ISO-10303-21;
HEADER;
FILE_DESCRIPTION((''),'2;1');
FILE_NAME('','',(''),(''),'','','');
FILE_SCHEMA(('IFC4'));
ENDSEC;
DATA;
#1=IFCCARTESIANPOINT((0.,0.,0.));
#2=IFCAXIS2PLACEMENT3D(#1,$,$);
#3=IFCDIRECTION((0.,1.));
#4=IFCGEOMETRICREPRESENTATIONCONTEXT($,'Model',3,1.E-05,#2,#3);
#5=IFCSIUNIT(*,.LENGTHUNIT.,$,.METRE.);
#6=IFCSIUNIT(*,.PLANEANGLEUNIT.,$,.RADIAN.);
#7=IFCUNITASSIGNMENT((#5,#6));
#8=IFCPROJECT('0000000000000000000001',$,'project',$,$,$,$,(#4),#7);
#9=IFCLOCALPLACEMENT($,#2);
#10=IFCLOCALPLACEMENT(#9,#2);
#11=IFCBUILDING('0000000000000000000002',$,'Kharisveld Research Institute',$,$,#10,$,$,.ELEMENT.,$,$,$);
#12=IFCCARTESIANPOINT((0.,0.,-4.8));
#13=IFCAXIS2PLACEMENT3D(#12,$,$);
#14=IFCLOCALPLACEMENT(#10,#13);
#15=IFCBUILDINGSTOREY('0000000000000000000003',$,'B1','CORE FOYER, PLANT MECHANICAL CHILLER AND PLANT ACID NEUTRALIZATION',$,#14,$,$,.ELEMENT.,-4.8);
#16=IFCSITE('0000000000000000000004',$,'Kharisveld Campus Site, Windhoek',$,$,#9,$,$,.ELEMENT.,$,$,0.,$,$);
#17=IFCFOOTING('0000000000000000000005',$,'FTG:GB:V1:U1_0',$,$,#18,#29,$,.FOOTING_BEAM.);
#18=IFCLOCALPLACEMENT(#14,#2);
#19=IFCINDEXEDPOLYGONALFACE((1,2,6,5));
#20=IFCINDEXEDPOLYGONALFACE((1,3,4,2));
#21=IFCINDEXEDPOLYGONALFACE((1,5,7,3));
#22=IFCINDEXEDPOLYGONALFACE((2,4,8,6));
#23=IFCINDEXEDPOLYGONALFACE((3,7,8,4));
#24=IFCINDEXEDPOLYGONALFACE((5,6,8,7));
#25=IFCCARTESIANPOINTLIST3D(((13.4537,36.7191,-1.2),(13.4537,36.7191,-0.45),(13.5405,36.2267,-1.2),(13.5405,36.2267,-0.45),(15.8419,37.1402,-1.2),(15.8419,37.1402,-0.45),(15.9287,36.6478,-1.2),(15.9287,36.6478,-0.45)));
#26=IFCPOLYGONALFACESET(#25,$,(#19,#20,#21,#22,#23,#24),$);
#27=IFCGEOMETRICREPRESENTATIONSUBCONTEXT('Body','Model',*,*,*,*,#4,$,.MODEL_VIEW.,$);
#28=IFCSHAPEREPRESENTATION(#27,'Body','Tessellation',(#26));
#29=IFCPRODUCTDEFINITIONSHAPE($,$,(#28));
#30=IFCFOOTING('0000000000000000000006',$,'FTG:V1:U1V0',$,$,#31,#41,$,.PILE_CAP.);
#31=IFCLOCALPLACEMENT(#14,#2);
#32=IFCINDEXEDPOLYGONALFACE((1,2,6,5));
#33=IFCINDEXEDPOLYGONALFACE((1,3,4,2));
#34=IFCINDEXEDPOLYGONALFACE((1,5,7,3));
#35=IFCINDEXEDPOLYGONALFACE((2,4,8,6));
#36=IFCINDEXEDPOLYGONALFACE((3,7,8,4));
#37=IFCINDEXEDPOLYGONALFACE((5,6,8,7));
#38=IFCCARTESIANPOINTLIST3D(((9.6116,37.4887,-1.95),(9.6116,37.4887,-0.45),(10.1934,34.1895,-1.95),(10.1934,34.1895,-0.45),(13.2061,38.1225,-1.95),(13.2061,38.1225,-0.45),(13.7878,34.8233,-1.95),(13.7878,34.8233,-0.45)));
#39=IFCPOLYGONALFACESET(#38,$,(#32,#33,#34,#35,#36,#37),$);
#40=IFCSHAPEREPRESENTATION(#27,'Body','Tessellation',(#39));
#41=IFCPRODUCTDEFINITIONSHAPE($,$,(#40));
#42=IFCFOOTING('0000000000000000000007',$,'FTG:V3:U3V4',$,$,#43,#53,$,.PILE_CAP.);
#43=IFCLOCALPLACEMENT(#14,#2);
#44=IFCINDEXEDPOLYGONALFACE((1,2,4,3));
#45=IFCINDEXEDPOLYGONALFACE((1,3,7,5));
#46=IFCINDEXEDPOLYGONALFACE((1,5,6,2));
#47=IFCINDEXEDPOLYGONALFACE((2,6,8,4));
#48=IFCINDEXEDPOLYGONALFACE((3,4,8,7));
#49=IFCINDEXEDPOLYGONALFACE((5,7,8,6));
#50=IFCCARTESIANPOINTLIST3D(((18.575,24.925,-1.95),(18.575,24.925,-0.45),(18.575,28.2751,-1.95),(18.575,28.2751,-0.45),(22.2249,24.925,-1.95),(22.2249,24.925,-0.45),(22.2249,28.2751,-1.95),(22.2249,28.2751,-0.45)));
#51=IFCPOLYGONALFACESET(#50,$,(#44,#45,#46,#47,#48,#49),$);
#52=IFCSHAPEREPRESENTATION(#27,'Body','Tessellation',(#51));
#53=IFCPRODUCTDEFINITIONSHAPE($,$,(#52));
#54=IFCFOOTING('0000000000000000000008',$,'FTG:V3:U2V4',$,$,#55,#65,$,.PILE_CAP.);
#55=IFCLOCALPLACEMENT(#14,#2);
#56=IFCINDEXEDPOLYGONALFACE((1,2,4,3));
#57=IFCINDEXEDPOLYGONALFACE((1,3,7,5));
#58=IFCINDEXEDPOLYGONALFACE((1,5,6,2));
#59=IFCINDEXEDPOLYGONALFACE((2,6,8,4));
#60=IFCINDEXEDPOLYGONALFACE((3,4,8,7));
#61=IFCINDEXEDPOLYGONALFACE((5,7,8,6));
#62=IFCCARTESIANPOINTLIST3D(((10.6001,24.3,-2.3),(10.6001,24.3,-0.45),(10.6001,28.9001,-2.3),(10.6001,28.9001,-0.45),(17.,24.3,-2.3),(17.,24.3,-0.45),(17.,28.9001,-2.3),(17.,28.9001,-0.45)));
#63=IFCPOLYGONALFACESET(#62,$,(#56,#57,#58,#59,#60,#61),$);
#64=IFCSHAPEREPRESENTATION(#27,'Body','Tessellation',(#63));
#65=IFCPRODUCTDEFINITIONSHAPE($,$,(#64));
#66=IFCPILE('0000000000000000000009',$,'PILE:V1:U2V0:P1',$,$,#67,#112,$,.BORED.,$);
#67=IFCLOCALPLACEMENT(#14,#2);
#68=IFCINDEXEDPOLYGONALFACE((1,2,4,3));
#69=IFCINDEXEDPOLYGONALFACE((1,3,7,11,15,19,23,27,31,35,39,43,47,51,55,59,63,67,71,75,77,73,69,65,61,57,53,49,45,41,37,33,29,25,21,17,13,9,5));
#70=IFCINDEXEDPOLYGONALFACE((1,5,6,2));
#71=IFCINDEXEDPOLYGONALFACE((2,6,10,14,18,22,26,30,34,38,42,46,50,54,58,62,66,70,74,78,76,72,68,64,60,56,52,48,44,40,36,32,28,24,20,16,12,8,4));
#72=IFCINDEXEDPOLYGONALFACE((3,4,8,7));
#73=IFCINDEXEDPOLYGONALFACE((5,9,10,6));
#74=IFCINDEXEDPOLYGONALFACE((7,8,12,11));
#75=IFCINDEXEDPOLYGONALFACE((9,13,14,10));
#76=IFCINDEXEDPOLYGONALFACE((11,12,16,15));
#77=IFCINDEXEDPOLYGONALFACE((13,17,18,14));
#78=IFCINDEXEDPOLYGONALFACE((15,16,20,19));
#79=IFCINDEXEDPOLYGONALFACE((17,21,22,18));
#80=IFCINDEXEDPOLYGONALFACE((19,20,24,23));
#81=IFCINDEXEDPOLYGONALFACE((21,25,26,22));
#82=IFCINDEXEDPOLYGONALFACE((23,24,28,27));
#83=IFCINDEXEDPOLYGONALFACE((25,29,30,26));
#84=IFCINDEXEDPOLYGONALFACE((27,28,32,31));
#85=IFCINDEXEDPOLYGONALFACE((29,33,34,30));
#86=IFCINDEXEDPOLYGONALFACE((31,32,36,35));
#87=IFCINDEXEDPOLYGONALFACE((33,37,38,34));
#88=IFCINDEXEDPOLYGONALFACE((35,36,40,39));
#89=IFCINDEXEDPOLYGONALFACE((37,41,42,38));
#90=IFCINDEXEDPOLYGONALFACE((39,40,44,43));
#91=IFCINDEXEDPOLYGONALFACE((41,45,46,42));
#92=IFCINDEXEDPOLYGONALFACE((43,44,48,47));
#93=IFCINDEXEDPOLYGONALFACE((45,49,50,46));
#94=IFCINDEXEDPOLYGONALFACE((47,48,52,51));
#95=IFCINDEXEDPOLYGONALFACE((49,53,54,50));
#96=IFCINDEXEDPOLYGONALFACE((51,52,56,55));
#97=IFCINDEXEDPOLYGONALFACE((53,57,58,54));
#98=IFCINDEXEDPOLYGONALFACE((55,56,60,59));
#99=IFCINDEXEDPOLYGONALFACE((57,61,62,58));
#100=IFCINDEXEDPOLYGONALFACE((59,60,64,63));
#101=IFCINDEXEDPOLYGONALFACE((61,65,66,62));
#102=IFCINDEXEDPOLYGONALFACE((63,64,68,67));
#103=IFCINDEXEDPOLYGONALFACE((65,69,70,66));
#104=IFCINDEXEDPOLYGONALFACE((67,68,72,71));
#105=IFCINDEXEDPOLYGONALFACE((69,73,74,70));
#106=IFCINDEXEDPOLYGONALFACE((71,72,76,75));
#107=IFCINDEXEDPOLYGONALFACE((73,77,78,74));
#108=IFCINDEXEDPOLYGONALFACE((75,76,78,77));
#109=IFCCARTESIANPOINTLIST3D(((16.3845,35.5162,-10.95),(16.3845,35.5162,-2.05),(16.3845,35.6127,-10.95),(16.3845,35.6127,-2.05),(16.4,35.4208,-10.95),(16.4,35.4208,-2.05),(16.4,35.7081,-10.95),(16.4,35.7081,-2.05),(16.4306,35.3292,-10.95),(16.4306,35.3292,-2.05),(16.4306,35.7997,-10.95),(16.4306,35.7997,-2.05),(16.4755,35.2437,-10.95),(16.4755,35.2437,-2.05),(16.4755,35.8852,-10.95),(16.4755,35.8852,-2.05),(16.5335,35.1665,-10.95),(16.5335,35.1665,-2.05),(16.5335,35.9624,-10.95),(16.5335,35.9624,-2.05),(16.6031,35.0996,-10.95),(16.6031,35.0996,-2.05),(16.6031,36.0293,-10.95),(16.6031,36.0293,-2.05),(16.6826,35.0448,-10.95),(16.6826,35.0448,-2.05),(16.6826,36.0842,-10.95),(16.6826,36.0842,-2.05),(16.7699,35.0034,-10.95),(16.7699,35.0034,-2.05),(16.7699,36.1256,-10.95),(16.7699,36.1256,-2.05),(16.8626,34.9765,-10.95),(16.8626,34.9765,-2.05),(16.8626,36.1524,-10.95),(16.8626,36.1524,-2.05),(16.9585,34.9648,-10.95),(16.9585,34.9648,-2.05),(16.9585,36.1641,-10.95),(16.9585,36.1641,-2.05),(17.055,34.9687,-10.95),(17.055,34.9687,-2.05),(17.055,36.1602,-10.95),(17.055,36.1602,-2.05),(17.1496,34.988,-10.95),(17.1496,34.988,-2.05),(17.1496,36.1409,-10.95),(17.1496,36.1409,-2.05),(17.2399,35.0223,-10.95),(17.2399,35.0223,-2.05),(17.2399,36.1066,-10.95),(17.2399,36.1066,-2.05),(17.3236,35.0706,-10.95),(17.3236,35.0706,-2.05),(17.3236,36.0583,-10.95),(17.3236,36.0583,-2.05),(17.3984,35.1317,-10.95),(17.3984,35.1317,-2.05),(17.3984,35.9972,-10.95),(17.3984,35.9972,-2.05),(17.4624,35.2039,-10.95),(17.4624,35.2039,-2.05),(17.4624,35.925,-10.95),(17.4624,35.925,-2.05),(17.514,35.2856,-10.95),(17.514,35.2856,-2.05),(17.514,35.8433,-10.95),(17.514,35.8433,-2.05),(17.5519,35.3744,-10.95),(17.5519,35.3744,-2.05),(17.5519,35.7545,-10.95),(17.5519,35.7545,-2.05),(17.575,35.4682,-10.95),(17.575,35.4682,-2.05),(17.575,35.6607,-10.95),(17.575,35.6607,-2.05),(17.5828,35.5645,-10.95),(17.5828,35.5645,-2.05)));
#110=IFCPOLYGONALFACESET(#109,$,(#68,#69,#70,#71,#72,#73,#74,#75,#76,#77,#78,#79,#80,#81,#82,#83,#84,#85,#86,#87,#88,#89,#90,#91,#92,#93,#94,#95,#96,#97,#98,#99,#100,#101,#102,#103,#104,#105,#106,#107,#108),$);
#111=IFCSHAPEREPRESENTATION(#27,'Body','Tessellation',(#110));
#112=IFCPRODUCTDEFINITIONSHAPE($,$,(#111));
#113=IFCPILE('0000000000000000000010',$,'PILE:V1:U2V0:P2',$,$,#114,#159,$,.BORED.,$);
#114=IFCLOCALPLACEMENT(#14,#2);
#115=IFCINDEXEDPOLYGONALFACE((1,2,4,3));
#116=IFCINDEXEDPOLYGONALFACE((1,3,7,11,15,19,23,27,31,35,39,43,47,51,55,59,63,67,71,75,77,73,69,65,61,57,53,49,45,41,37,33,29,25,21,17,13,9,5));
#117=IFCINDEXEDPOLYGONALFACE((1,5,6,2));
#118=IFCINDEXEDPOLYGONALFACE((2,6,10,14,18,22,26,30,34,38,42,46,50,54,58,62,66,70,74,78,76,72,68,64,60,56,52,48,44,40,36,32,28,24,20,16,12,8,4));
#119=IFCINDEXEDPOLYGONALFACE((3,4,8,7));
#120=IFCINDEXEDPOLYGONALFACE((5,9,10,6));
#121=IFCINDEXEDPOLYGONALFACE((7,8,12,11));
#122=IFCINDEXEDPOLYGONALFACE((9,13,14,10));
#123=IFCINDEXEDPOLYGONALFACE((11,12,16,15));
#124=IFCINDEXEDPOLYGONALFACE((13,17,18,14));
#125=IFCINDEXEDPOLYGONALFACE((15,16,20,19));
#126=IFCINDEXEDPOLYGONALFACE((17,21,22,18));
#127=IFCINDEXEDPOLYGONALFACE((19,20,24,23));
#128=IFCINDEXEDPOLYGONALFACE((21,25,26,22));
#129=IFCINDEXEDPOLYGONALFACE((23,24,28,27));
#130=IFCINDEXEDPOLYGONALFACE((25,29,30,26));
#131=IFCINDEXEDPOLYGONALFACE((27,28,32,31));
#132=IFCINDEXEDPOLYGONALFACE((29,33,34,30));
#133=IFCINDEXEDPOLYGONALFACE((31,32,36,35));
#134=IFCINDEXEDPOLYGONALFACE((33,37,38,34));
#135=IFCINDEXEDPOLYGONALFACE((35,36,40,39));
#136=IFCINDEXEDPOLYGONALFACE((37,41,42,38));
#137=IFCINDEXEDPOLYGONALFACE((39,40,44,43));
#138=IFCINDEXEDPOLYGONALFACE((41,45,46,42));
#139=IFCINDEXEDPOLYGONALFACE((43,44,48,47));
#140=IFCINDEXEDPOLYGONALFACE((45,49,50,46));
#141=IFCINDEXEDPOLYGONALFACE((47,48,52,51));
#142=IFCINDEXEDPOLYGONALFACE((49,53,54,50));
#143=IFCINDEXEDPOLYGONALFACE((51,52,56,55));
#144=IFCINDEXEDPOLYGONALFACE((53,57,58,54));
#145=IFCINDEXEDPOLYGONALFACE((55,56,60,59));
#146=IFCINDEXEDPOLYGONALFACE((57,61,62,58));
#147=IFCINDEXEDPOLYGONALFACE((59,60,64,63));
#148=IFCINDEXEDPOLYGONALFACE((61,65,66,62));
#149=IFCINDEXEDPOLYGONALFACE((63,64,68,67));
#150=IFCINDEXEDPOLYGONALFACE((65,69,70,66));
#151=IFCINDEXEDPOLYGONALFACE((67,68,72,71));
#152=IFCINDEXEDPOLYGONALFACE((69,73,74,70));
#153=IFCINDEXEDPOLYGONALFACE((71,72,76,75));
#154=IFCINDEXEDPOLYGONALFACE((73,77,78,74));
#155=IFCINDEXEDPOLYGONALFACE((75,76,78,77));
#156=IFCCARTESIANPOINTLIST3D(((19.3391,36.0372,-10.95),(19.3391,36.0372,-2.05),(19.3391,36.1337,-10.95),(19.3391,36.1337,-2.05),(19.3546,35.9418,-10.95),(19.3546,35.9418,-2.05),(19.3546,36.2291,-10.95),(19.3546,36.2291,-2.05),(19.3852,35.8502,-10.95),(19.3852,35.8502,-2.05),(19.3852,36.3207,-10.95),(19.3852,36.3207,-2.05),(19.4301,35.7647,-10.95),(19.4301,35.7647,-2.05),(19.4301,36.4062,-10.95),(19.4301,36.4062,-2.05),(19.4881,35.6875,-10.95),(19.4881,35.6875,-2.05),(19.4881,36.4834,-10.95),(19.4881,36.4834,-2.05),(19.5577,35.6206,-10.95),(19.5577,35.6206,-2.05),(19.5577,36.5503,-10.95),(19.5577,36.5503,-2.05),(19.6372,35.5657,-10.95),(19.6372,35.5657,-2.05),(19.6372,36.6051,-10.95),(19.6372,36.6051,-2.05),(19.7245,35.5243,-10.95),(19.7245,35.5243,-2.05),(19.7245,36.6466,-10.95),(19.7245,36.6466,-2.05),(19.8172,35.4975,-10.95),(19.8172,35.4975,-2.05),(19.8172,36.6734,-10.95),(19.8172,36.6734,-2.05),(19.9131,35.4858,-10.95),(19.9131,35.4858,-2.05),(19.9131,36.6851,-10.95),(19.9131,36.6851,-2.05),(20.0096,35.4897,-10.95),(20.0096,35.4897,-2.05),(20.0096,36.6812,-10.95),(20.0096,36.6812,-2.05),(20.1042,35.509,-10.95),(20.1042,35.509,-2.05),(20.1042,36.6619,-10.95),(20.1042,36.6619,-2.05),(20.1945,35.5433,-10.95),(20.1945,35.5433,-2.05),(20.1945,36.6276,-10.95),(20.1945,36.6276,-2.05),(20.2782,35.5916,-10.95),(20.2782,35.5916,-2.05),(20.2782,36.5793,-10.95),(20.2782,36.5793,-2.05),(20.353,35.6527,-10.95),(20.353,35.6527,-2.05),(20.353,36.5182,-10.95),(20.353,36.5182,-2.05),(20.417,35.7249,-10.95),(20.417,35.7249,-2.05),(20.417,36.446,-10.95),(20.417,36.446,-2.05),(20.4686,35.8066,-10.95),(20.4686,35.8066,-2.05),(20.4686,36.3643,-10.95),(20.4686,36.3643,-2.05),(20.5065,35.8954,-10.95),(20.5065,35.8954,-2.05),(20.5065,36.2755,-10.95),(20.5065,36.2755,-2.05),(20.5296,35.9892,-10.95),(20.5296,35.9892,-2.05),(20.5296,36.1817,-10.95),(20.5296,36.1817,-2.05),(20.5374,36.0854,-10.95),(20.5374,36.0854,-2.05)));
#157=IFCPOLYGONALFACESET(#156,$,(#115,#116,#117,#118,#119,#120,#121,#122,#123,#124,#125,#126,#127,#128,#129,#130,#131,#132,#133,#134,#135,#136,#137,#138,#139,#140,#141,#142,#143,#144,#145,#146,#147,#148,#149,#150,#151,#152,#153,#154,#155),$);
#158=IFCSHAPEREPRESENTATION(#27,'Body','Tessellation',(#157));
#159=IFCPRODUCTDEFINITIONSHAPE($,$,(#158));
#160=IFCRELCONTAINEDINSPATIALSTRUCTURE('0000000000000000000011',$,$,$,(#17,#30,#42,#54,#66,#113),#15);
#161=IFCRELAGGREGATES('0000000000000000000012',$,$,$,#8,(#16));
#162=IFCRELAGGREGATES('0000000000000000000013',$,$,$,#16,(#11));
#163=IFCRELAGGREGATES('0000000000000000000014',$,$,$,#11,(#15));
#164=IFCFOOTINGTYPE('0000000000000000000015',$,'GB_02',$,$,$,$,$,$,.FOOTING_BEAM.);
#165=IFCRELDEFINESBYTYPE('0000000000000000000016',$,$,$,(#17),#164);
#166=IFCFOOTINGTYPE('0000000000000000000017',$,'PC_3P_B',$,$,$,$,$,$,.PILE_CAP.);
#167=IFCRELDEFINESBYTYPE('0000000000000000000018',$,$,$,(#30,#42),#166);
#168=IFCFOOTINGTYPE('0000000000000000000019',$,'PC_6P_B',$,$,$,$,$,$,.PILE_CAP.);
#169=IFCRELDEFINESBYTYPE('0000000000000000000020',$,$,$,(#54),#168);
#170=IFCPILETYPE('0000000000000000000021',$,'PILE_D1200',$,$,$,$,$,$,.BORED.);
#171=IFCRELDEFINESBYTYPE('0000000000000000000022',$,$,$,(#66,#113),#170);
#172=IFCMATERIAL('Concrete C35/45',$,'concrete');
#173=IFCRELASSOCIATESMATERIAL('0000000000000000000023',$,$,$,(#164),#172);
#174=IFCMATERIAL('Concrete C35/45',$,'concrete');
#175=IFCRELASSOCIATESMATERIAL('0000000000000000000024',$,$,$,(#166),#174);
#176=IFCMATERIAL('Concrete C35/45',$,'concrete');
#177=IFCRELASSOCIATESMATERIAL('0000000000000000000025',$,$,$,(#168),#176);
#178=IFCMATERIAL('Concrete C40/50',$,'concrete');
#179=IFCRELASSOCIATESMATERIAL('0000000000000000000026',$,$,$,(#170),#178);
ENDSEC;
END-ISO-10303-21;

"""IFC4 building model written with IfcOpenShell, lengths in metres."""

from ifc_helpers import new_model, si_unit, direction, frame, origin, origin_2d, place, context, subcontext, project, spatial, rectangle, circle, extrude, material, material_profile, profile_set, type_object, element, save


model = new_model("IFC4")

# Units and contexts
model_context = context("Model", 3, precision=1e-05, world=origin(), true_north=direction((0.0, 1.0)))
body_context = subcontext(model_context, "Body", "Model", "MODEL_VIEW")
ifc_project = project(units=[si_unit("LENGTHUNIT", "METRE"), si_unit("PLANEANGLEUNIT", "RADIAN")], contexts=[model_context])

# Site, building, storey
site_placement = place(None, origin())
site = spatial("IfcSite", under=ifc_project, at=site_placement, Name="Kharisveld Campus Site, Windhoek", CompositionType="ELEMENT", RefElevation=0.0)
building_placement = place(site_placement, origin())
building = spatial("IfcBuilding", under=site, at=building_placement, Name="Kharisveld Research Institute", CompositionType="ELEMENT")
storey_placement = place(building_placement, frame((0.0, 0.0, -4.8)))
storey = spatial("IfcBuildingStorey", under=building, at=storey_placement, Name="B1", Description="CORE FOYER, PLANT MECHANICAL CHILLER AND PLANT ACID NEUTRALIZATION", CompositionType="ELEMENT", Elevation=-4.8)

# Footings
ifc_material_1 = material(Name="Concrete C35/45", Category="concrete")
ifc_material_profile_1 = material_profile(ifc_material_1, rectangle(XDim=0.5, YDim=0.75, at=origin_2d()))
ifc_profile_set_1 = profile_set([ifc_material_profile_1], Name="Concrete C35/45")
footing_type_1 = type_object("IfcFootingType", Name="GB_02", PredefinedType="FOOTING_BEAM", material=ifc_profile_set_1)
footing_1_placement = place(storey_placement, frame((13.4971, 36.4729, -0.825), z_axis=(0.984805, 0.173665, 0.0), x_axis=(-0.173665, 0.984805, 0.0)))
element("IfcFooting", 1, at=footing_1_placement, inside=storey, type_object=footing_type_1, Name="FTG:GB:V1:U1_0", PredefinedType="FOOTING_BEAM", context=body_context, shape_type="SweptSolid", body=[
    extrude(rectangle(XDim=0.5, YDim=0.75, at=origin_2d()), origin(), (0.0, 0.0, 1.0), 2.425),
])
ifc_material_2 = material(Name="Concrete C35/45", Category="concrete")
footing_type_2 = type_object("IfcFootingType", Name="PC_3P_B", PredefinedType="PILE_CAP", material=ifc_material_2)
for number, where, z_axis, x_axis, name in (
    (2, (11.6997, 36.156, -1.95), (0.0, 0.0, 1.0), (0.984808, 0.173648, 0.0), "FTG:V1:U1V0"),
    (3, (20.3999, 26.6001, -1.95), (0.0, 0.0, 1.0), (1.0, 0.0, 0.0), "FTG:V3:U3V4"),
):
    element("IfcFooting", number, at=place(storey_placement, frame(where, z_axis=z_axis, x_axis=x_axis)), inside=storey, type_object=footing_type_2, Name=name, PredefinedType="PILE_CAP", context=body_context, shape_type="SweptSolid", body=[
        extrude(rectangle(XDim=3.6499, YDim=3.3501, at=origin_2d()), origin(), (0.0, 0.0, 1.0), 1.5),
    ])
ifc_material_3 = material(Name="Concrete C35/45", Category="concrete")
footing_type_3 = type_object("IfcFootingType", Name="PC_6P_B", PredefinedType="PILE_CAP", material=ifc_material_3)
footing_2_placement = place(storey_placement, frame((13.8, 26.6001, -2.3), z_axis=(0.0, 0.0, 1.0), x_axis=(1.0, 0.0, 0.0)))
element("IfcFooting", 4, at=footing_2_placement, inside=storey, type_object=footing_type_3, Name="FTG:V3:U2V4", PredefinedType="PILE_CAP", context=body_context, shape_type="SweptSolid", body=[
    extrude(rectangle(XDim=6.3999, YDim=4.6001, at=origin_2d()), origin(), (0.0, 0.0, 1.0), 1.8501),
])

# Piles
ifc_material_4 = material(Name="Concrete C40/50", Category="concrete")
ifc_material_profile_2 = material_profile(ifc_material_4, circle(Radius=0.6001, at=origin_2d()))
ifc_profile_set_2 = profile_set([ifc_material_profile_2], Name="Concrete C40/50")
pile_type_1 = type_object("IfcPileType", Name="PILE_D1200", PredefinedType="BORED", material=ifc_profile_set_2)
for number, where, z_axis, x_axis, name in (
    (5, (16.9827, 35.5645, -2.05), (0.0, 0.0, -1.0), (1.0, 0.0, 0.0), "PILE:V1:U2V0:P1"),
    (6, (19.9373, 36.0854, -2.05), (0.0, 0.0, -1.0), (1.0, 0.0, 0.0), "PILE:V1:U2V0:P2"),
):
    element("IfcPile", number, at=place(storey_placement, frame(where, z_axis=z_axis, x_axis=x_axis)), inside=storey, type_object=pile_type_1, Name=name, PredefinedType="BORED", context=body_context, shape_type="SweptSolid", body=[
        extrude(circle(Radius=0.6001, at=origin_2d()), origin(), (0.0, 0.0, 1.0), 8.8999),
    ])

save(model, "model.ifc")
